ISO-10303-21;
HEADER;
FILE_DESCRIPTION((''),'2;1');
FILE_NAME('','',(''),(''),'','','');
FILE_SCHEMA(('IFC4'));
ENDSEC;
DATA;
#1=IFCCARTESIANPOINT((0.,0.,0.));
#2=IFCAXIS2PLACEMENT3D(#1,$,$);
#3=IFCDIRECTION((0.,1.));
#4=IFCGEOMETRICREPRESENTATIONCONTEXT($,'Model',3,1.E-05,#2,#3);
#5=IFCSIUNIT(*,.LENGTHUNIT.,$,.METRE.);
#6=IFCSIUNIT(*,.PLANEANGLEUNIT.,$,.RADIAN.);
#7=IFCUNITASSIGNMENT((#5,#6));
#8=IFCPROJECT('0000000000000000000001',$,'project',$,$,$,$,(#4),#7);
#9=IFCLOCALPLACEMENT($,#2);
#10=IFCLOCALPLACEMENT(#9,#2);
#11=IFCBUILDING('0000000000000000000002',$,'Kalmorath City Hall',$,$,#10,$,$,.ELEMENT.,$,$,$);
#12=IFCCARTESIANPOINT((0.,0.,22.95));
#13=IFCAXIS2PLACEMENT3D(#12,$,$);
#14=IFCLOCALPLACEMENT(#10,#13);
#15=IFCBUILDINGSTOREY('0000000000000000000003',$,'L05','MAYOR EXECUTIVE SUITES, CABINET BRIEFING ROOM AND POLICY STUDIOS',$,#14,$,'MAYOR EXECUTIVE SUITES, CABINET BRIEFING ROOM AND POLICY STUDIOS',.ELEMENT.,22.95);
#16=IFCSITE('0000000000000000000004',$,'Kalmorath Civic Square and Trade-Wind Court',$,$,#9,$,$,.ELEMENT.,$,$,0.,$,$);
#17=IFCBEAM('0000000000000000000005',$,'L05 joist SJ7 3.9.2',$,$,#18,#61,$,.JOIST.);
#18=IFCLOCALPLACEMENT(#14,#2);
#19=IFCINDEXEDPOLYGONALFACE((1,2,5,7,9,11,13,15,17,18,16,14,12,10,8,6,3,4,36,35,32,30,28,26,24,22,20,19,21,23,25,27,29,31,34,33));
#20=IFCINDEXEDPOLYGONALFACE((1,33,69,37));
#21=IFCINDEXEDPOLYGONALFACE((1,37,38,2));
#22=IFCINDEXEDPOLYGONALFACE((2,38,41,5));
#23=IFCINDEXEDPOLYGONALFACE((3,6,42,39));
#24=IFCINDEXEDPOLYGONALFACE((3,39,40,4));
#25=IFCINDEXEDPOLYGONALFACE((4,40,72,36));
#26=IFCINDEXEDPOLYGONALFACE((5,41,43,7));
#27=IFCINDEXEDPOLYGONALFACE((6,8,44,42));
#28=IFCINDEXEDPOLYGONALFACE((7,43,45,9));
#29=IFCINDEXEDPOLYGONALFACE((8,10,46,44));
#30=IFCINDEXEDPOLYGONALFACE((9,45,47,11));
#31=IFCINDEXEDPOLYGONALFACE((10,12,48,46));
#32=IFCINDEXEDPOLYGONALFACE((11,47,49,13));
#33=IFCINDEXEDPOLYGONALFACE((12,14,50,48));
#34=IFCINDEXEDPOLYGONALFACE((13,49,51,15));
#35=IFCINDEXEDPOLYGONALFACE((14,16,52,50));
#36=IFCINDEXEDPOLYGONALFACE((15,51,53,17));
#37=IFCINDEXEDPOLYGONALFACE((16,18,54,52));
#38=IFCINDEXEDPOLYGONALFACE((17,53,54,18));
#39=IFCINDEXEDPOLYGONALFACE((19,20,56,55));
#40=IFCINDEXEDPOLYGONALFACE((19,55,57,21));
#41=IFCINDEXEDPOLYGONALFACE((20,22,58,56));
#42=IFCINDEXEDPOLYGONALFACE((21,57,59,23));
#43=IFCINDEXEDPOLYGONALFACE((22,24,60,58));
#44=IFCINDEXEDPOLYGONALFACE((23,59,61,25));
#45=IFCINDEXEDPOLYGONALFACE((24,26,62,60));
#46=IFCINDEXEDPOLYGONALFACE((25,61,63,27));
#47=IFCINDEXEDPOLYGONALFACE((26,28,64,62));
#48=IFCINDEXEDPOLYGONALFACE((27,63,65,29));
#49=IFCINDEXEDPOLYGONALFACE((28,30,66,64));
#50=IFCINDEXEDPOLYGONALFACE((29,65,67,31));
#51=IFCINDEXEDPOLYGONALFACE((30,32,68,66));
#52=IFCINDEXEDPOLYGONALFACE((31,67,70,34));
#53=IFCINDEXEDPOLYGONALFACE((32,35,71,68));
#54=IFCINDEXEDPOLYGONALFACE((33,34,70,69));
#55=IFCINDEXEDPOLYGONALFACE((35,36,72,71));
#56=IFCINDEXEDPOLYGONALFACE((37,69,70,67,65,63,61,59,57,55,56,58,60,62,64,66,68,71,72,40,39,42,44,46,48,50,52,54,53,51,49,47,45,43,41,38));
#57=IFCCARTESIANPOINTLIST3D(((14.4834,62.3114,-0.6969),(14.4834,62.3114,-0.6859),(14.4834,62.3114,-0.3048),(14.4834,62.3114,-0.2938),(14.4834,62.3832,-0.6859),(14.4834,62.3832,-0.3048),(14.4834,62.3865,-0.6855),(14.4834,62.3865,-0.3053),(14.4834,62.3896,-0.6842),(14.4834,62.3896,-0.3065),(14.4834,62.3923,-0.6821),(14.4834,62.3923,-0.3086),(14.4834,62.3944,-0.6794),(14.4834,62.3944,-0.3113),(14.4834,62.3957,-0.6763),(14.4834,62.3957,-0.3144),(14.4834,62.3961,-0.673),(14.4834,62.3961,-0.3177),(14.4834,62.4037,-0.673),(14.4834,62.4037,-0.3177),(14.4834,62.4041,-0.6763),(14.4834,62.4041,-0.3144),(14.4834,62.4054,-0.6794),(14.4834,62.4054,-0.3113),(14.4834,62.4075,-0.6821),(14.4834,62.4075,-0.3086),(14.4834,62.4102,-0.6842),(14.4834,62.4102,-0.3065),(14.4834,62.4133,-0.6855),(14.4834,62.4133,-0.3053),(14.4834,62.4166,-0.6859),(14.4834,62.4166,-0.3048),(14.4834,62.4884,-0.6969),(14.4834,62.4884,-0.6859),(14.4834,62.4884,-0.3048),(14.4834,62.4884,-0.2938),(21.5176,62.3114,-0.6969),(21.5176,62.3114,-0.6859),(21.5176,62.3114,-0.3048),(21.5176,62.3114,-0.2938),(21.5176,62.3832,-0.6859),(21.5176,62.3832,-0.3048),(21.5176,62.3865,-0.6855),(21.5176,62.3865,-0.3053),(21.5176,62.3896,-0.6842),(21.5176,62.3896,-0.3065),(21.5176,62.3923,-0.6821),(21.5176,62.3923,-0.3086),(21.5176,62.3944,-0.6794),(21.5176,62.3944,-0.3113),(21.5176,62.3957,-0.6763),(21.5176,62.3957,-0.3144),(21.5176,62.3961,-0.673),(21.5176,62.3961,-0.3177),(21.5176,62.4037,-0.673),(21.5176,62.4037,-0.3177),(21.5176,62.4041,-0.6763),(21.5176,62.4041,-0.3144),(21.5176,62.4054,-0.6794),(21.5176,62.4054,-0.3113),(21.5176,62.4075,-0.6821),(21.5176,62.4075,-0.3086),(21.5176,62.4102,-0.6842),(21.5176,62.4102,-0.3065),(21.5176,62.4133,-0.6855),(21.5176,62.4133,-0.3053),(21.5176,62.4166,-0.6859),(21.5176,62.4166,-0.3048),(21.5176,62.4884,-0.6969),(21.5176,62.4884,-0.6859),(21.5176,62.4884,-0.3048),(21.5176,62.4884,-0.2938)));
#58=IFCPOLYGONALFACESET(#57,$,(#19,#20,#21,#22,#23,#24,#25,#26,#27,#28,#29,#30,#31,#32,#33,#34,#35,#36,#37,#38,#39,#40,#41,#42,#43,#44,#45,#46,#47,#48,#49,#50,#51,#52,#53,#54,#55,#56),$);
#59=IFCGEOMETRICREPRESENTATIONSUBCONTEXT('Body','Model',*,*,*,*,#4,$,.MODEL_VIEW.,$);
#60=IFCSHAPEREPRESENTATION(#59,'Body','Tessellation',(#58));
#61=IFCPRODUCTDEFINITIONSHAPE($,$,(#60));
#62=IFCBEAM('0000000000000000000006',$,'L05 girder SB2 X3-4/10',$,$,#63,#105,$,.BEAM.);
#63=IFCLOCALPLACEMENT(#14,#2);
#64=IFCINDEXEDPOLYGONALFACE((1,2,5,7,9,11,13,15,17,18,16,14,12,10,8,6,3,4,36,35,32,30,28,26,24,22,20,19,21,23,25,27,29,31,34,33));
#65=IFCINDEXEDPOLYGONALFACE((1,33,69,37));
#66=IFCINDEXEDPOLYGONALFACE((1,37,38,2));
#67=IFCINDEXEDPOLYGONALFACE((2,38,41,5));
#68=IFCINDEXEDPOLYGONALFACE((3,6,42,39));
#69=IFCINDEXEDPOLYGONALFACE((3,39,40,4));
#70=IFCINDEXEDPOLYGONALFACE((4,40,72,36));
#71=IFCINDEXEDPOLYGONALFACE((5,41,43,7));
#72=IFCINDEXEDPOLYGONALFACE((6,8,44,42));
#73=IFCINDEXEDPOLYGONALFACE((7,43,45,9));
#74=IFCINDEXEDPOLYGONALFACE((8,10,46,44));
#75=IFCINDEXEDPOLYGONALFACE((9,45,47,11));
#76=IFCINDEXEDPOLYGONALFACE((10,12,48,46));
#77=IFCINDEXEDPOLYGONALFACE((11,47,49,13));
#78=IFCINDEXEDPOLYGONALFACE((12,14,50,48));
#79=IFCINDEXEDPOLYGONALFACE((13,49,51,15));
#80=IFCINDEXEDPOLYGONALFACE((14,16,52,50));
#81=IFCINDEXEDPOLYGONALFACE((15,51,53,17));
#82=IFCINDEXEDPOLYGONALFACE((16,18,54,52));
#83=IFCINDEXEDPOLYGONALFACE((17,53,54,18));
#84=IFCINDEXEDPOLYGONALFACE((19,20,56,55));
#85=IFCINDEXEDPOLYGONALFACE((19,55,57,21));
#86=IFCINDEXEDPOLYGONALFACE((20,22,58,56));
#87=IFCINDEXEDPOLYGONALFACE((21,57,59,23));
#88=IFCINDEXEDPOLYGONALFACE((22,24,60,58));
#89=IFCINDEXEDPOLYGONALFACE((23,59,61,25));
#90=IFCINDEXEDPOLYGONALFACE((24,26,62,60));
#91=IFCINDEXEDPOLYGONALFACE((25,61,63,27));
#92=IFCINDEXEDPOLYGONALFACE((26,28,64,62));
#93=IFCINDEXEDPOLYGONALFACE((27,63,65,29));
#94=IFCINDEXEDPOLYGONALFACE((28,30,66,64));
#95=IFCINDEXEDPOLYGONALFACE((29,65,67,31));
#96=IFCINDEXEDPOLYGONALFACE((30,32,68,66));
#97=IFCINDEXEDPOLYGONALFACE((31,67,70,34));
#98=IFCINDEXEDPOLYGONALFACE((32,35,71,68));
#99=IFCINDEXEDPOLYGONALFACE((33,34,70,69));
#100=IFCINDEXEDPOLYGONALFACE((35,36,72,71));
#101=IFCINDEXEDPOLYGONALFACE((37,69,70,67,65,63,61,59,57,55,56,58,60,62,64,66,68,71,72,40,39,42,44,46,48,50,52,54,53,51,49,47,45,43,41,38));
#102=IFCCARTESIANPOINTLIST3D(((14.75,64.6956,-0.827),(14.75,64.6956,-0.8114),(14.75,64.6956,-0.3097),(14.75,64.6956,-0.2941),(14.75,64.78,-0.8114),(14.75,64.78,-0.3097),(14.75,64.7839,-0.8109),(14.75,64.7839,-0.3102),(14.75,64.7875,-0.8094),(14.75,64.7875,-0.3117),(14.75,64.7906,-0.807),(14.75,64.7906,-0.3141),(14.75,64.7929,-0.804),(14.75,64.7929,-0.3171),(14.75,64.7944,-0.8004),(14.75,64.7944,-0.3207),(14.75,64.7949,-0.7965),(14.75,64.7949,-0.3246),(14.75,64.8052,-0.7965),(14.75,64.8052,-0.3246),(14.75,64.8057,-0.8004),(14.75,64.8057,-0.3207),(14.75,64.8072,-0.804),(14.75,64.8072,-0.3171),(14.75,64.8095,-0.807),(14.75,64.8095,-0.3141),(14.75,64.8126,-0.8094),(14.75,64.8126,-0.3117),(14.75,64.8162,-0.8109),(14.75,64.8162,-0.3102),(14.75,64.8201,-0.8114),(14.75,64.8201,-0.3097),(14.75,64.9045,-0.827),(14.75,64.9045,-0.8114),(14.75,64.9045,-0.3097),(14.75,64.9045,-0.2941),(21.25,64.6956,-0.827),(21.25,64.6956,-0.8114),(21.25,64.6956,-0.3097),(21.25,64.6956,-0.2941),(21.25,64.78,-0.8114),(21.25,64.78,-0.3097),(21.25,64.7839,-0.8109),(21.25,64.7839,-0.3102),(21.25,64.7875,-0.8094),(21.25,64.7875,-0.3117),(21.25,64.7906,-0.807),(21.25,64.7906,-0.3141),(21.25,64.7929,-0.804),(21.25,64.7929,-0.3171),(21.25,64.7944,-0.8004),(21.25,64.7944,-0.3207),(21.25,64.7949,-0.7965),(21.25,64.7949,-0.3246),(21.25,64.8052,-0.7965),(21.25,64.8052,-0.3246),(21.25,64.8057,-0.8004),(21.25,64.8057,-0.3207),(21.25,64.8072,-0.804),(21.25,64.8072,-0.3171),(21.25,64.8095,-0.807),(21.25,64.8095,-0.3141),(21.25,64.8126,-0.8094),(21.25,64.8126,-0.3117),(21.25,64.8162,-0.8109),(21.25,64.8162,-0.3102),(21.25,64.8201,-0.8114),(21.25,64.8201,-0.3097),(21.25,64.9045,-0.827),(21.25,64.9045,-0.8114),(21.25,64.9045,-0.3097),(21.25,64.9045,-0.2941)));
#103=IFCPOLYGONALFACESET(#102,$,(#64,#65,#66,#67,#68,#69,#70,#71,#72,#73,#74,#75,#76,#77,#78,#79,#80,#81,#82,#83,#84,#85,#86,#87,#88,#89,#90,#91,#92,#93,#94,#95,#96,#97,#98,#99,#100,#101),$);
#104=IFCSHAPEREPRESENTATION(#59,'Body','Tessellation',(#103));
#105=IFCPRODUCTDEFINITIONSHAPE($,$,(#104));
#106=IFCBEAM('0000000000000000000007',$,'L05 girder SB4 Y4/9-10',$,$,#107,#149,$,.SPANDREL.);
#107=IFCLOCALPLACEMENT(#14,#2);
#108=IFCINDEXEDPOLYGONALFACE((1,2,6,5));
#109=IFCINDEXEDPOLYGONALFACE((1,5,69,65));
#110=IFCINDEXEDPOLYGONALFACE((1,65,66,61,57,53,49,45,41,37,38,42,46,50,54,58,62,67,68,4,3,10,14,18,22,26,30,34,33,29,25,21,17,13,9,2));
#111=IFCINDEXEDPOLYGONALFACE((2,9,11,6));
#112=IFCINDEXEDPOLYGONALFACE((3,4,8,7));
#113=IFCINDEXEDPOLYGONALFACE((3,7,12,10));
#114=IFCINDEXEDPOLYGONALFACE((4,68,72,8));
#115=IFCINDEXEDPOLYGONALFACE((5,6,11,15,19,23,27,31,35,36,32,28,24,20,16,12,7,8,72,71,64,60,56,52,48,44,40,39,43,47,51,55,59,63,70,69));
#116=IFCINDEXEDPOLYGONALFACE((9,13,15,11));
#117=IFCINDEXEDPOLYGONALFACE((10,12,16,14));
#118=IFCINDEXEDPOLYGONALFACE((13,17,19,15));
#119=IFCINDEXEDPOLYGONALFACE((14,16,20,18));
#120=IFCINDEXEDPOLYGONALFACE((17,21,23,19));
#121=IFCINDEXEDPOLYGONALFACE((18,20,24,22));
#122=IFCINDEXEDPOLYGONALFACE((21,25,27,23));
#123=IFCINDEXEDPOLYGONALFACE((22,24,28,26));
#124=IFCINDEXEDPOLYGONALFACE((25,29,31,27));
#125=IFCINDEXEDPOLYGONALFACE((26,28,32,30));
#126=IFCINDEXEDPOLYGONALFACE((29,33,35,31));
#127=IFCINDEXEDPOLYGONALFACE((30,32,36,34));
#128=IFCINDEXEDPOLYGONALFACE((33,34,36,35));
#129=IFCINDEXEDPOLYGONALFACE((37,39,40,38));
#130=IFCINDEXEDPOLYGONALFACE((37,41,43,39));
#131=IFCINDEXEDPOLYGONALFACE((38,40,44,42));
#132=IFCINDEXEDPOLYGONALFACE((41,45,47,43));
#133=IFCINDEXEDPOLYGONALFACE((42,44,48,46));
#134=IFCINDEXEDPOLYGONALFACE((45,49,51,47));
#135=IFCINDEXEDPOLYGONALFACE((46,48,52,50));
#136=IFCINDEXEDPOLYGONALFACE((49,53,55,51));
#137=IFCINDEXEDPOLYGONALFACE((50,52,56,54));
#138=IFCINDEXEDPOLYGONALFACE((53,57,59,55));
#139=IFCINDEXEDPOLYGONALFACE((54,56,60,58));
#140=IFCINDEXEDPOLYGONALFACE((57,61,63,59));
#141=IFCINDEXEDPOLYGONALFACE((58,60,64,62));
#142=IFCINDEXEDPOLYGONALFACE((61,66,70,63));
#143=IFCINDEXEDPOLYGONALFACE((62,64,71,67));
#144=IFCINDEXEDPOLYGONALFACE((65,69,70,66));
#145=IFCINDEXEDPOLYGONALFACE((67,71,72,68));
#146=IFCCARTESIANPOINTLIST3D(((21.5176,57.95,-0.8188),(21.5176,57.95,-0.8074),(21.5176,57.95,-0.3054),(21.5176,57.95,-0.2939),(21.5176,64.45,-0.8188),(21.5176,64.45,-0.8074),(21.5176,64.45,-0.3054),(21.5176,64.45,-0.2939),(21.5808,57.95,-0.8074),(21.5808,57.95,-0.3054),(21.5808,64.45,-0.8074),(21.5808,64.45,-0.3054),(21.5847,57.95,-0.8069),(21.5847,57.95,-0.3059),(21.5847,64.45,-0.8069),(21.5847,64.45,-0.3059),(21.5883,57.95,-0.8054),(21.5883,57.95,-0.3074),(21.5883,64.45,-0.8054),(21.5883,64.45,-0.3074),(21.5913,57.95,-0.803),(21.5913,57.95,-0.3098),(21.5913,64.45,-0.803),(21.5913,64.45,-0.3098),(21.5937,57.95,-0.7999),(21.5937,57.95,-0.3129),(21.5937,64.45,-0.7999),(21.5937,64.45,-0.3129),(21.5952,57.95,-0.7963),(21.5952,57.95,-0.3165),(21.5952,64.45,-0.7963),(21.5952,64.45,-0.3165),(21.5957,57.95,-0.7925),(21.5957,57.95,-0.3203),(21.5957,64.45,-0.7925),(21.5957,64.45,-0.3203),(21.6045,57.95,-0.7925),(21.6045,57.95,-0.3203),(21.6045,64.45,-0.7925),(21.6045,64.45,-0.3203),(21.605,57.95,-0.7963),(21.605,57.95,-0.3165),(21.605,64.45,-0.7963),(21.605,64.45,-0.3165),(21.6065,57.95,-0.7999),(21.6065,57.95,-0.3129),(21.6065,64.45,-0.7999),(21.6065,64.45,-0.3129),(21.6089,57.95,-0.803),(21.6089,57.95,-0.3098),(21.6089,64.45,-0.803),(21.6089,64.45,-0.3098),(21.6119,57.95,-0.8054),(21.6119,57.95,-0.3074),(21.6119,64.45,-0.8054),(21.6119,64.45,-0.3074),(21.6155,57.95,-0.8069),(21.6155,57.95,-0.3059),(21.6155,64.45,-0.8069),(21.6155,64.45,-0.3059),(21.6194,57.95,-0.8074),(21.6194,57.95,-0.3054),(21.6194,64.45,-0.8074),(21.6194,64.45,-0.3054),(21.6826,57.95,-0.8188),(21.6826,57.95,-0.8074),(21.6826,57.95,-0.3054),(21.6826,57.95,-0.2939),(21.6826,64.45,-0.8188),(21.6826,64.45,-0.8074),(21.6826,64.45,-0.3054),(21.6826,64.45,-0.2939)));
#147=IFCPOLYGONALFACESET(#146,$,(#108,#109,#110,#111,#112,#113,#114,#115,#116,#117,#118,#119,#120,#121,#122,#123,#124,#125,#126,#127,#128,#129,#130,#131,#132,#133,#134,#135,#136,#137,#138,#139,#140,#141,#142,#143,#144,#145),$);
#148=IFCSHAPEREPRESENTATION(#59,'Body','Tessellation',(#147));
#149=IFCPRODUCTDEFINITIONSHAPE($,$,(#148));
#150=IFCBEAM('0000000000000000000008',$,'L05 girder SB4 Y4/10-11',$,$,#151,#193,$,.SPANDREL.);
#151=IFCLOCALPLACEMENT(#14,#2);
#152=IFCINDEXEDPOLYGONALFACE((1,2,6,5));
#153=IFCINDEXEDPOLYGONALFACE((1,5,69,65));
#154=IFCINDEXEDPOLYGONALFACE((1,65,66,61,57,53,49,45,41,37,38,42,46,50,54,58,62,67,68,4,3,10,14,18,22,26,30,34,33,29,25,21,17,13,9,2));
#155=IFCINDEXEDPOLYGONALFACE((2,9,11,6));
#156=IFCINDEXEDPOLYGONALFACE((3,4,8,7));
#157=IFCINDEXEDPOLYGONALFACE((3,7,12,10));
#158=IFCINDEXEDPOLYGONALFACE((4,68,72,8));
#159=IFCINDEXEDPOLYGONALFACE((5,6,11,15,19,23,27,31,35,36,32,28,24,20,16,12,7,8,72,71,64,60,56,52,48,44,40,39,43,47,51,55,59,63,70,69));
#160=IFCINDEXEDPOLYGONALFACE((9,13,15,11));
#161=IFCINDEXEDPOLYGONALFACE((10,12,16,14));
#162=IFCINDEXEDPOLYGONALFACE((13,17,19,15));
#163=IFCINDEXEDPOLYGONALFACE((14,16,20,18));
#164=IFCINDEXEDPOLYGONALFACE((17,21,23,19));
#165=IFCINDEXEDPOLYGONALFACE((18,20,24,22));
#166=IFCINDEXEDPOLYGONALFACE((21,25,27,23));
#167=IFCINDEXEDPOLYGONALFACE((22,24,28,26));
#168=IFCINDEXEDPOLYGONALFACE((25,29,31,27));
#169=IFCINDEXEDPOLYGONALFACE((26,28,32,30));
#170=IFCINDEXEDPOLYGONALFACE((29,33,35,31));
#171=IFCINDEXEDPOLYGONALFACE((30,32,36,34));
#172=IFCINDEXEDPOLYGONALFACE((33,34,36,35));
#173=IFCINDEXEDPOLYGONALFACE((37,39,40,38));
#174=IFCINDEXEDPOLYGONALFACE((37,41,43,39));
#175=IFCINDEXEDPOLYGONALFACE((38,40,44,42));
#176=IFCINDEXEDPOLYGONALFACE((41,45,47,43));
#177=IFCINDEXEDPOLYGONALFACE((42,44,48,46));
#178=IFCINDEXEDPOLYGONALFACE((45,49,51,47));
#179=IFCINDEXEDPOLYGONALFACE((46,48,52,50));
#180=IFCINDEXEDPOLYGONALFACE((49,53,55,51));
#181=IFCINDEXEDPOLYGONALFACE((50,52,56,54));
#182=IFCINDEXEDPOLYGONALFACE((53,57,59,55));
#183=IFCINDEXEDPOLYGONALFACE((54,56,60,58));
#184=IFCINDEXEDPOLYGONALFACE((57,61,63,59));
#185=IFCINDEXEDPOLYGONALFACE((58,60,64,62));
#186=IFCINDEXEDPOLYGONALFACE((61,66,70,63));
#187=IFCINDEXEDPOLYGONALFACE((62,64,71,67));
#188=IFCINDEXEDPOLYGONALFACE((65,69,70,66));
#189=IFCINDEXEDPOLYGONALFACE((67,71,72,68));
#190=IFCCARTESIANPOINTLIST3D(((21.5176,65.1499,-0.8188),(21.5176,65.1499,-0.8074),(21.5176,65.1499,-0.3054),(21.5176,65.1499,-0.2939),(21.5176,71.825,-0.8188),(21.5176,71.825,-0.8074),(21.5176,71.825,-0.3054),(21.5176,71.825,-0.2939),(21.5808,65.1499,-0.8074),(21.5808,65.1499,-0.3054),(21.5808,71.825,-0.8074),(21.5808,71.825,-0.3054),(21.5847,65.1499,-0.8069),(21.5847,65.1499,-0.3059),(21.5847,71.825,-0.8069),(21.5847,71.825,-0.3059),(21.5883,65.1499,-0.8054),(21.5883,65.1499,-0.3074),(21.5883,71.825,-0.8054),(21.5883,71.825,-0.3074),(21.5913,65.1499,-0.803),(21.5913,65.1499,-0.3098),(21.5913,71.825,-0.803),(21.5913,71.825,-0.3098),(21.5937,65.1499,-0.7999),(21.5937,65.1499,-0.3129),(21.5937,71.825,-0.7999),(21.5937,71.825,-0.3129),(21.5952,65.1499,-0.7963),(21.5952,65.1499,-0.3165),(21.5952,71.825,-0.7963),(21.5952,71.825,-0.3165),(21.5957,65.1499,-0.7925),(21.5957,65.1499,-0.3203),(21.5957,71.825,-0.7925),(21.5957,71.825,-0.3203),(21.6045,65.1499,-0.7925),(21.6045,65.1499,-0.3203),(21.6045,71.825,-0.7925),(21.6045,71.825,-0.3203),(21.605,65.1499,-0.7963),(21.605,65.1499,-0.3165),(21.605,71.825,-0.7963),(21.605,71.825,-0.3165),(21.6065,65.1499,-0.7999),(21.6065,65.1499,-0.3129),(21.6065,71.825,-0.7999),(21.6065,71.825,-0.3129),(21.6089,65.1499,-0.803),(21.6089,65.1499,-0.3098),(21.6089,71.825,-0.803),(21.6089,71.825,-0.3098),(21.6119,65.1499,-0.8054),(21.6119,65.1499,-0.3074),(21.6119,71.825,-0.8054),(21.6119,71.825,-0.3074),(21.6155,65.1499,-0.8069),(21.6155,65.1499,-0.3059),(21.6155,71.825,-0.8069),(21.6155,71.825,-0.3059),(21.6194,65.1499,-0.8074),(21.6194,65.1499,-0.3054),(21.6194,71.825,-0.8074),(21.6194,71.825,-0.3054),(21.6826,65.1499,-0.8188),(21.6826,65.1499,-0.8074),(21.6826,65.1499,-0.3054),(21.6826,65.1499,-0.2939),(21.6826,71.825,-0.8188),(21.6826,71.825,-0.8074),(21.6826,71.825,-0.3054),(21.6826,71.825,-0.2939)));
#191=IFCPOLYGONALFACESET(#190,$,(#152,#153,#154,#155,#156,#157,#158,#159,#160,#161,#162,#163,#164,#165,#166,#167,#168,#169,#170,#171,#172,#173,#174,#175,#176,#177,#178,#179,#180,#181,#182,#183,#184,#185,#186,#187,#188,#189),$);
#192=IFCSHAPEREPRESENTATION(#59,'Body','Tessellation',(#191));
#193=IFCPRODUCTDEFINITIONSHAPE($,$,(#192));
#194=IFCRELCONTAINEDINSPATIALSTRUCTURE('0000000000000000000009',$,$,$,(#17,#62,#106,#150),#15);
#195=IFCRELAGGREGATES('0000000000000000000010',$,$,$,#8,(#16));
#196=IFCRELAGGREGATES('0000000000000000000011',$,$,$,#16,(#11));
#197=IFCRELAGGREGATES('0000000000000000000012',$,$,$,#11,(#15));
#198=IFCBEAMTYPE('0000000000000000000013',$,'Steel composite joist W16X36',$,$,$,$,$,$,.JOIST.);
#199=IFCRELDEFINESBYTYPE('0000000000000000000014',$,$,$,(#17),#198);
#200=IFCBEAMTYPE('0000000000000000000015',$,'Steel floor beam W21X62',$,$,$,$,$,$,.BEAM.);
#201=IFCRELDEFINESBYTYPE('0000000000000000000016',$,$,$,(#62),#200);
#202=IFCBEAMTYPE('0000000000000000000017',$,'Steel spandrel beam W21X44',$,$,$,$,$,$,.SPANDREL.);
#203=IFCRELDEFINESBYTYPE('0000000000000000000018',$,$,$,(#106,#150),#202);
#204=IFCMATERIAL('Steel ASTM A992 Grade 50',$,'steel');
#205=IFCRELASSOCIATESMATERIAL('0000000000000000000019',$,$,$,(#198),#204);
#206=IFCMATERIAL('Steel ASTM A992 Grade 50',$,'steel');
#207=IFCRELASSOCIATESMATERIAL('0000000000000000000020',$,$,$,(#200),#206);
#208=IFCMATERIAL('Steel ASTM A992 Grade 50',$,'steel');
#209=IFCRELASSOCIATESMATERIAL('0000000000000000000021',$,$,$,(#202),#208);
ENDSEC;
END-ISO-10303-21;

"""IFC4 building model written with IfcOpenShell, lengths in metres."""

from ifc_helpers import new_model, si_unit, direction, frame, origin, origin_2d, place, context, subcontext, project, spatial, i_section, extrude, material, material_profile, profile_set, type_object, element, save


model = new_model("IFC4")

# Units and contexts
model_context = context("Model", 3, precision=1e-05, world=origin(), true_north=direction((0.0, 1.0)))
body_context = subcontext(model_context, "Body", "Model", "MODEL_VIEW")
ifc_project = project(units=[si_unit("LENGTHUNIT", "METRE"), si_unit("PLANEANGLEUNIT", "RADIAN")], contexts=[model_context])

# Site, building, storey
site_placement = place(None, origin())
site = spatial("IfcSite", under=ifc_project, at=site_placement, Name="Kalmorath Civic Square and Trade-Wind Court", CompositionType="ELEMENT", RefElevation=0.0)
building_placement = place(site_placement, origin())
building = spatial("IfcBuilding", under=site, at=building_placement, Name="Kalmorath City Hall", CompositionType="ELEMENT")
storey_placement = place(building_placement, frame((0.0, 0.0, 22.95)))
storey = spatial("IfcBuildingStorey", under=building, at=storey_placement, Name="L05", Description="MAYOR EXECUTIVE SUITES, CABINET BRIEFING ROOM AND POLICY STUDIOS", LongName="MAYOR EXECUTIVE SUITES, CABINET BRIEFING ROOM AND POLICY STUDIOS", CompositionType="ELEMENT", Elevation=22.95)

# Beams
ifc_material_1 = material(Name="Steel ASTM A992 Grade 50", Category="steel")
ifc_material_profile_1 = material_profile(ifc_material_1, i_section(OverallWidth=0.177, OverallDepth=0.4031, WebThickness=0.0076, FlangeThickness=0.011, FilletRadius=0.0129, at=origin_2d()), Name="W16X36")
ifc_profile_set_1 = profile_set([ifc_material_profile_1], Name="Steel ASTM A992 Grade 50")
beam_type_1 = type_object("IfcBeamType", Name="Steel composite joist W16X36", PredefinedType="JOIST", material=ifc_profile_set_1)
for number, where, z_axis, x_axis, name in (
    (1, (14.4834, 62.3999, -0.4954), (1.0, 0.0, 0.0), (0.0, 1.0, 0.0), "L05 joist SJ7 3.9.2"),
):
    element("IfcBeam", number, at=place(storey_placement, frame(where, z_axis=z_axis, x_axis=x_axis)), inside=storey, type_object=beam_type_1, Name=name, PredefinedType="JOIST", context=body_context, shape_type="SweptSolid", body=[
        extrude(i_section(OverallWidth=0.177, OverallDepth=0.4031, WebThickness=0.0076, FlangeThickness=0.011, FilletRadius=0.0129, at=origin_2d()), origin(), (0.0, 0.0, 1.0), 7.0342),
    ])
ifc_material_2 = material(Name="Steel ASTM A992 Grade 50", Category="steel")
ifc_material_profile_2 = material_profile(ifc_material_2, i_section(OverallWidth=0.209, OverallDepth=0.533, WebThickness=0.0103, FlangeThickness=0.0156, FilletRadius=0.0149, at=origin_2d()), Name="W21X62")
ifc_profile_set_2 = profile_set([ifc_material_profile_2], Name="Steel ASTM A992 Grade 50")
beam_type_2 = type_object("IfcBeamType", Name="Steel floor beam W21X62", PredefinedType="BEAM", material=ifc_profile_set_2)
beam_1_placement = place(storey_placement, frame((14.75, 64.8, -0.5605), z_axis=(1.0, 0.0, 0.0), x_axis=(0.0, 1.0, 0.0)))
element("IfcBeam", 2, at=beam_1_placement, inside=storey, type_object=beam_type_2, Name="L05 girder SB2 X3-4/10", PredefinedType="BEAM", context=body_context, shape_type="SweptSolid", body=[
    extrude(i_section(OverallWidth=0.209, OverallDepth=0.533, WebThickness=0.0103, FlangeThickness=0.0156, FilletRadius=0.0149, at=origin_2d()), origin(), (0.0, 0.0, 1.0), 6.5),
])
ifc_material_3 = material(Name="Steel ASTM A992 Grade 50", Category="steel")
ifc_material_profile_3 = material_profile(ifc_material_3, i_section(OverallWidth=0.165, OverallDepth=0.5249, WebThickness=0.0088, FlangeThickness=0.0115, FilletRadius=0.0149, at=origin_2d()), Name="W21X44")
ifc_profile_set_3 = profile_set([ifc_material_profile_3], Name="Steel ASTM A992 Grade 50")
beam_type_3 = type_object("IfcBeamType", Name="Steel spandrel beam W21X44", PredefinedType="SPANDREL", material=ifc_profile_set_3)
beam_2_placement = place(storey_placement, frame((21.6001, 57.95, -0.5564), z_axis=(0.0, 1.0, 0.0), x_axis=(-1.0, 0.0, 0.0)))
element("IfcBeam", 3, at=beam_2_placement, inside=storey, type_object=beam_type_3, Name="L05 girder SB4 Y4/9-10", PredefinedType="SPANDREL", context=body_context, shape_type="SweptSolid", body=[
    extrude(i_section(OverallWidth=0.165, OverallDepth=0.5249, WebThickness=0.0088, FlangeThickness=0.0115, FilletRadius=0.0149, at=origin_2d()), origin(), (0.0, 0.0, 1.0), 6.5),
])
beam_3_placement = place(storey_placement, frame((21.6001, 65.1499, -0.5564), z_axis=(0.0, 1.0, 0.0), x_axis=(-1.0, 0.0, 0.0)))
element("IfcBeam", 4, at=beam_3_placement, inside=storey, type_object=beam_type_3, Name="L05 girder SB4 Y4/10-11", PredefinedType="SPANDREL", context=body_context, shape_type="SweptSolid", body=[
    extrude(i_section(OverallWidth=0.165, OverallDepth=0.5249, WebThickness=0.0088, FlangeThickness=0.0115, FilletRadius=0.0149, at=origin_2d()), origin(), (0.0, 0.0, 1.0), 6.675),
])

save(model, "model.ifc")
